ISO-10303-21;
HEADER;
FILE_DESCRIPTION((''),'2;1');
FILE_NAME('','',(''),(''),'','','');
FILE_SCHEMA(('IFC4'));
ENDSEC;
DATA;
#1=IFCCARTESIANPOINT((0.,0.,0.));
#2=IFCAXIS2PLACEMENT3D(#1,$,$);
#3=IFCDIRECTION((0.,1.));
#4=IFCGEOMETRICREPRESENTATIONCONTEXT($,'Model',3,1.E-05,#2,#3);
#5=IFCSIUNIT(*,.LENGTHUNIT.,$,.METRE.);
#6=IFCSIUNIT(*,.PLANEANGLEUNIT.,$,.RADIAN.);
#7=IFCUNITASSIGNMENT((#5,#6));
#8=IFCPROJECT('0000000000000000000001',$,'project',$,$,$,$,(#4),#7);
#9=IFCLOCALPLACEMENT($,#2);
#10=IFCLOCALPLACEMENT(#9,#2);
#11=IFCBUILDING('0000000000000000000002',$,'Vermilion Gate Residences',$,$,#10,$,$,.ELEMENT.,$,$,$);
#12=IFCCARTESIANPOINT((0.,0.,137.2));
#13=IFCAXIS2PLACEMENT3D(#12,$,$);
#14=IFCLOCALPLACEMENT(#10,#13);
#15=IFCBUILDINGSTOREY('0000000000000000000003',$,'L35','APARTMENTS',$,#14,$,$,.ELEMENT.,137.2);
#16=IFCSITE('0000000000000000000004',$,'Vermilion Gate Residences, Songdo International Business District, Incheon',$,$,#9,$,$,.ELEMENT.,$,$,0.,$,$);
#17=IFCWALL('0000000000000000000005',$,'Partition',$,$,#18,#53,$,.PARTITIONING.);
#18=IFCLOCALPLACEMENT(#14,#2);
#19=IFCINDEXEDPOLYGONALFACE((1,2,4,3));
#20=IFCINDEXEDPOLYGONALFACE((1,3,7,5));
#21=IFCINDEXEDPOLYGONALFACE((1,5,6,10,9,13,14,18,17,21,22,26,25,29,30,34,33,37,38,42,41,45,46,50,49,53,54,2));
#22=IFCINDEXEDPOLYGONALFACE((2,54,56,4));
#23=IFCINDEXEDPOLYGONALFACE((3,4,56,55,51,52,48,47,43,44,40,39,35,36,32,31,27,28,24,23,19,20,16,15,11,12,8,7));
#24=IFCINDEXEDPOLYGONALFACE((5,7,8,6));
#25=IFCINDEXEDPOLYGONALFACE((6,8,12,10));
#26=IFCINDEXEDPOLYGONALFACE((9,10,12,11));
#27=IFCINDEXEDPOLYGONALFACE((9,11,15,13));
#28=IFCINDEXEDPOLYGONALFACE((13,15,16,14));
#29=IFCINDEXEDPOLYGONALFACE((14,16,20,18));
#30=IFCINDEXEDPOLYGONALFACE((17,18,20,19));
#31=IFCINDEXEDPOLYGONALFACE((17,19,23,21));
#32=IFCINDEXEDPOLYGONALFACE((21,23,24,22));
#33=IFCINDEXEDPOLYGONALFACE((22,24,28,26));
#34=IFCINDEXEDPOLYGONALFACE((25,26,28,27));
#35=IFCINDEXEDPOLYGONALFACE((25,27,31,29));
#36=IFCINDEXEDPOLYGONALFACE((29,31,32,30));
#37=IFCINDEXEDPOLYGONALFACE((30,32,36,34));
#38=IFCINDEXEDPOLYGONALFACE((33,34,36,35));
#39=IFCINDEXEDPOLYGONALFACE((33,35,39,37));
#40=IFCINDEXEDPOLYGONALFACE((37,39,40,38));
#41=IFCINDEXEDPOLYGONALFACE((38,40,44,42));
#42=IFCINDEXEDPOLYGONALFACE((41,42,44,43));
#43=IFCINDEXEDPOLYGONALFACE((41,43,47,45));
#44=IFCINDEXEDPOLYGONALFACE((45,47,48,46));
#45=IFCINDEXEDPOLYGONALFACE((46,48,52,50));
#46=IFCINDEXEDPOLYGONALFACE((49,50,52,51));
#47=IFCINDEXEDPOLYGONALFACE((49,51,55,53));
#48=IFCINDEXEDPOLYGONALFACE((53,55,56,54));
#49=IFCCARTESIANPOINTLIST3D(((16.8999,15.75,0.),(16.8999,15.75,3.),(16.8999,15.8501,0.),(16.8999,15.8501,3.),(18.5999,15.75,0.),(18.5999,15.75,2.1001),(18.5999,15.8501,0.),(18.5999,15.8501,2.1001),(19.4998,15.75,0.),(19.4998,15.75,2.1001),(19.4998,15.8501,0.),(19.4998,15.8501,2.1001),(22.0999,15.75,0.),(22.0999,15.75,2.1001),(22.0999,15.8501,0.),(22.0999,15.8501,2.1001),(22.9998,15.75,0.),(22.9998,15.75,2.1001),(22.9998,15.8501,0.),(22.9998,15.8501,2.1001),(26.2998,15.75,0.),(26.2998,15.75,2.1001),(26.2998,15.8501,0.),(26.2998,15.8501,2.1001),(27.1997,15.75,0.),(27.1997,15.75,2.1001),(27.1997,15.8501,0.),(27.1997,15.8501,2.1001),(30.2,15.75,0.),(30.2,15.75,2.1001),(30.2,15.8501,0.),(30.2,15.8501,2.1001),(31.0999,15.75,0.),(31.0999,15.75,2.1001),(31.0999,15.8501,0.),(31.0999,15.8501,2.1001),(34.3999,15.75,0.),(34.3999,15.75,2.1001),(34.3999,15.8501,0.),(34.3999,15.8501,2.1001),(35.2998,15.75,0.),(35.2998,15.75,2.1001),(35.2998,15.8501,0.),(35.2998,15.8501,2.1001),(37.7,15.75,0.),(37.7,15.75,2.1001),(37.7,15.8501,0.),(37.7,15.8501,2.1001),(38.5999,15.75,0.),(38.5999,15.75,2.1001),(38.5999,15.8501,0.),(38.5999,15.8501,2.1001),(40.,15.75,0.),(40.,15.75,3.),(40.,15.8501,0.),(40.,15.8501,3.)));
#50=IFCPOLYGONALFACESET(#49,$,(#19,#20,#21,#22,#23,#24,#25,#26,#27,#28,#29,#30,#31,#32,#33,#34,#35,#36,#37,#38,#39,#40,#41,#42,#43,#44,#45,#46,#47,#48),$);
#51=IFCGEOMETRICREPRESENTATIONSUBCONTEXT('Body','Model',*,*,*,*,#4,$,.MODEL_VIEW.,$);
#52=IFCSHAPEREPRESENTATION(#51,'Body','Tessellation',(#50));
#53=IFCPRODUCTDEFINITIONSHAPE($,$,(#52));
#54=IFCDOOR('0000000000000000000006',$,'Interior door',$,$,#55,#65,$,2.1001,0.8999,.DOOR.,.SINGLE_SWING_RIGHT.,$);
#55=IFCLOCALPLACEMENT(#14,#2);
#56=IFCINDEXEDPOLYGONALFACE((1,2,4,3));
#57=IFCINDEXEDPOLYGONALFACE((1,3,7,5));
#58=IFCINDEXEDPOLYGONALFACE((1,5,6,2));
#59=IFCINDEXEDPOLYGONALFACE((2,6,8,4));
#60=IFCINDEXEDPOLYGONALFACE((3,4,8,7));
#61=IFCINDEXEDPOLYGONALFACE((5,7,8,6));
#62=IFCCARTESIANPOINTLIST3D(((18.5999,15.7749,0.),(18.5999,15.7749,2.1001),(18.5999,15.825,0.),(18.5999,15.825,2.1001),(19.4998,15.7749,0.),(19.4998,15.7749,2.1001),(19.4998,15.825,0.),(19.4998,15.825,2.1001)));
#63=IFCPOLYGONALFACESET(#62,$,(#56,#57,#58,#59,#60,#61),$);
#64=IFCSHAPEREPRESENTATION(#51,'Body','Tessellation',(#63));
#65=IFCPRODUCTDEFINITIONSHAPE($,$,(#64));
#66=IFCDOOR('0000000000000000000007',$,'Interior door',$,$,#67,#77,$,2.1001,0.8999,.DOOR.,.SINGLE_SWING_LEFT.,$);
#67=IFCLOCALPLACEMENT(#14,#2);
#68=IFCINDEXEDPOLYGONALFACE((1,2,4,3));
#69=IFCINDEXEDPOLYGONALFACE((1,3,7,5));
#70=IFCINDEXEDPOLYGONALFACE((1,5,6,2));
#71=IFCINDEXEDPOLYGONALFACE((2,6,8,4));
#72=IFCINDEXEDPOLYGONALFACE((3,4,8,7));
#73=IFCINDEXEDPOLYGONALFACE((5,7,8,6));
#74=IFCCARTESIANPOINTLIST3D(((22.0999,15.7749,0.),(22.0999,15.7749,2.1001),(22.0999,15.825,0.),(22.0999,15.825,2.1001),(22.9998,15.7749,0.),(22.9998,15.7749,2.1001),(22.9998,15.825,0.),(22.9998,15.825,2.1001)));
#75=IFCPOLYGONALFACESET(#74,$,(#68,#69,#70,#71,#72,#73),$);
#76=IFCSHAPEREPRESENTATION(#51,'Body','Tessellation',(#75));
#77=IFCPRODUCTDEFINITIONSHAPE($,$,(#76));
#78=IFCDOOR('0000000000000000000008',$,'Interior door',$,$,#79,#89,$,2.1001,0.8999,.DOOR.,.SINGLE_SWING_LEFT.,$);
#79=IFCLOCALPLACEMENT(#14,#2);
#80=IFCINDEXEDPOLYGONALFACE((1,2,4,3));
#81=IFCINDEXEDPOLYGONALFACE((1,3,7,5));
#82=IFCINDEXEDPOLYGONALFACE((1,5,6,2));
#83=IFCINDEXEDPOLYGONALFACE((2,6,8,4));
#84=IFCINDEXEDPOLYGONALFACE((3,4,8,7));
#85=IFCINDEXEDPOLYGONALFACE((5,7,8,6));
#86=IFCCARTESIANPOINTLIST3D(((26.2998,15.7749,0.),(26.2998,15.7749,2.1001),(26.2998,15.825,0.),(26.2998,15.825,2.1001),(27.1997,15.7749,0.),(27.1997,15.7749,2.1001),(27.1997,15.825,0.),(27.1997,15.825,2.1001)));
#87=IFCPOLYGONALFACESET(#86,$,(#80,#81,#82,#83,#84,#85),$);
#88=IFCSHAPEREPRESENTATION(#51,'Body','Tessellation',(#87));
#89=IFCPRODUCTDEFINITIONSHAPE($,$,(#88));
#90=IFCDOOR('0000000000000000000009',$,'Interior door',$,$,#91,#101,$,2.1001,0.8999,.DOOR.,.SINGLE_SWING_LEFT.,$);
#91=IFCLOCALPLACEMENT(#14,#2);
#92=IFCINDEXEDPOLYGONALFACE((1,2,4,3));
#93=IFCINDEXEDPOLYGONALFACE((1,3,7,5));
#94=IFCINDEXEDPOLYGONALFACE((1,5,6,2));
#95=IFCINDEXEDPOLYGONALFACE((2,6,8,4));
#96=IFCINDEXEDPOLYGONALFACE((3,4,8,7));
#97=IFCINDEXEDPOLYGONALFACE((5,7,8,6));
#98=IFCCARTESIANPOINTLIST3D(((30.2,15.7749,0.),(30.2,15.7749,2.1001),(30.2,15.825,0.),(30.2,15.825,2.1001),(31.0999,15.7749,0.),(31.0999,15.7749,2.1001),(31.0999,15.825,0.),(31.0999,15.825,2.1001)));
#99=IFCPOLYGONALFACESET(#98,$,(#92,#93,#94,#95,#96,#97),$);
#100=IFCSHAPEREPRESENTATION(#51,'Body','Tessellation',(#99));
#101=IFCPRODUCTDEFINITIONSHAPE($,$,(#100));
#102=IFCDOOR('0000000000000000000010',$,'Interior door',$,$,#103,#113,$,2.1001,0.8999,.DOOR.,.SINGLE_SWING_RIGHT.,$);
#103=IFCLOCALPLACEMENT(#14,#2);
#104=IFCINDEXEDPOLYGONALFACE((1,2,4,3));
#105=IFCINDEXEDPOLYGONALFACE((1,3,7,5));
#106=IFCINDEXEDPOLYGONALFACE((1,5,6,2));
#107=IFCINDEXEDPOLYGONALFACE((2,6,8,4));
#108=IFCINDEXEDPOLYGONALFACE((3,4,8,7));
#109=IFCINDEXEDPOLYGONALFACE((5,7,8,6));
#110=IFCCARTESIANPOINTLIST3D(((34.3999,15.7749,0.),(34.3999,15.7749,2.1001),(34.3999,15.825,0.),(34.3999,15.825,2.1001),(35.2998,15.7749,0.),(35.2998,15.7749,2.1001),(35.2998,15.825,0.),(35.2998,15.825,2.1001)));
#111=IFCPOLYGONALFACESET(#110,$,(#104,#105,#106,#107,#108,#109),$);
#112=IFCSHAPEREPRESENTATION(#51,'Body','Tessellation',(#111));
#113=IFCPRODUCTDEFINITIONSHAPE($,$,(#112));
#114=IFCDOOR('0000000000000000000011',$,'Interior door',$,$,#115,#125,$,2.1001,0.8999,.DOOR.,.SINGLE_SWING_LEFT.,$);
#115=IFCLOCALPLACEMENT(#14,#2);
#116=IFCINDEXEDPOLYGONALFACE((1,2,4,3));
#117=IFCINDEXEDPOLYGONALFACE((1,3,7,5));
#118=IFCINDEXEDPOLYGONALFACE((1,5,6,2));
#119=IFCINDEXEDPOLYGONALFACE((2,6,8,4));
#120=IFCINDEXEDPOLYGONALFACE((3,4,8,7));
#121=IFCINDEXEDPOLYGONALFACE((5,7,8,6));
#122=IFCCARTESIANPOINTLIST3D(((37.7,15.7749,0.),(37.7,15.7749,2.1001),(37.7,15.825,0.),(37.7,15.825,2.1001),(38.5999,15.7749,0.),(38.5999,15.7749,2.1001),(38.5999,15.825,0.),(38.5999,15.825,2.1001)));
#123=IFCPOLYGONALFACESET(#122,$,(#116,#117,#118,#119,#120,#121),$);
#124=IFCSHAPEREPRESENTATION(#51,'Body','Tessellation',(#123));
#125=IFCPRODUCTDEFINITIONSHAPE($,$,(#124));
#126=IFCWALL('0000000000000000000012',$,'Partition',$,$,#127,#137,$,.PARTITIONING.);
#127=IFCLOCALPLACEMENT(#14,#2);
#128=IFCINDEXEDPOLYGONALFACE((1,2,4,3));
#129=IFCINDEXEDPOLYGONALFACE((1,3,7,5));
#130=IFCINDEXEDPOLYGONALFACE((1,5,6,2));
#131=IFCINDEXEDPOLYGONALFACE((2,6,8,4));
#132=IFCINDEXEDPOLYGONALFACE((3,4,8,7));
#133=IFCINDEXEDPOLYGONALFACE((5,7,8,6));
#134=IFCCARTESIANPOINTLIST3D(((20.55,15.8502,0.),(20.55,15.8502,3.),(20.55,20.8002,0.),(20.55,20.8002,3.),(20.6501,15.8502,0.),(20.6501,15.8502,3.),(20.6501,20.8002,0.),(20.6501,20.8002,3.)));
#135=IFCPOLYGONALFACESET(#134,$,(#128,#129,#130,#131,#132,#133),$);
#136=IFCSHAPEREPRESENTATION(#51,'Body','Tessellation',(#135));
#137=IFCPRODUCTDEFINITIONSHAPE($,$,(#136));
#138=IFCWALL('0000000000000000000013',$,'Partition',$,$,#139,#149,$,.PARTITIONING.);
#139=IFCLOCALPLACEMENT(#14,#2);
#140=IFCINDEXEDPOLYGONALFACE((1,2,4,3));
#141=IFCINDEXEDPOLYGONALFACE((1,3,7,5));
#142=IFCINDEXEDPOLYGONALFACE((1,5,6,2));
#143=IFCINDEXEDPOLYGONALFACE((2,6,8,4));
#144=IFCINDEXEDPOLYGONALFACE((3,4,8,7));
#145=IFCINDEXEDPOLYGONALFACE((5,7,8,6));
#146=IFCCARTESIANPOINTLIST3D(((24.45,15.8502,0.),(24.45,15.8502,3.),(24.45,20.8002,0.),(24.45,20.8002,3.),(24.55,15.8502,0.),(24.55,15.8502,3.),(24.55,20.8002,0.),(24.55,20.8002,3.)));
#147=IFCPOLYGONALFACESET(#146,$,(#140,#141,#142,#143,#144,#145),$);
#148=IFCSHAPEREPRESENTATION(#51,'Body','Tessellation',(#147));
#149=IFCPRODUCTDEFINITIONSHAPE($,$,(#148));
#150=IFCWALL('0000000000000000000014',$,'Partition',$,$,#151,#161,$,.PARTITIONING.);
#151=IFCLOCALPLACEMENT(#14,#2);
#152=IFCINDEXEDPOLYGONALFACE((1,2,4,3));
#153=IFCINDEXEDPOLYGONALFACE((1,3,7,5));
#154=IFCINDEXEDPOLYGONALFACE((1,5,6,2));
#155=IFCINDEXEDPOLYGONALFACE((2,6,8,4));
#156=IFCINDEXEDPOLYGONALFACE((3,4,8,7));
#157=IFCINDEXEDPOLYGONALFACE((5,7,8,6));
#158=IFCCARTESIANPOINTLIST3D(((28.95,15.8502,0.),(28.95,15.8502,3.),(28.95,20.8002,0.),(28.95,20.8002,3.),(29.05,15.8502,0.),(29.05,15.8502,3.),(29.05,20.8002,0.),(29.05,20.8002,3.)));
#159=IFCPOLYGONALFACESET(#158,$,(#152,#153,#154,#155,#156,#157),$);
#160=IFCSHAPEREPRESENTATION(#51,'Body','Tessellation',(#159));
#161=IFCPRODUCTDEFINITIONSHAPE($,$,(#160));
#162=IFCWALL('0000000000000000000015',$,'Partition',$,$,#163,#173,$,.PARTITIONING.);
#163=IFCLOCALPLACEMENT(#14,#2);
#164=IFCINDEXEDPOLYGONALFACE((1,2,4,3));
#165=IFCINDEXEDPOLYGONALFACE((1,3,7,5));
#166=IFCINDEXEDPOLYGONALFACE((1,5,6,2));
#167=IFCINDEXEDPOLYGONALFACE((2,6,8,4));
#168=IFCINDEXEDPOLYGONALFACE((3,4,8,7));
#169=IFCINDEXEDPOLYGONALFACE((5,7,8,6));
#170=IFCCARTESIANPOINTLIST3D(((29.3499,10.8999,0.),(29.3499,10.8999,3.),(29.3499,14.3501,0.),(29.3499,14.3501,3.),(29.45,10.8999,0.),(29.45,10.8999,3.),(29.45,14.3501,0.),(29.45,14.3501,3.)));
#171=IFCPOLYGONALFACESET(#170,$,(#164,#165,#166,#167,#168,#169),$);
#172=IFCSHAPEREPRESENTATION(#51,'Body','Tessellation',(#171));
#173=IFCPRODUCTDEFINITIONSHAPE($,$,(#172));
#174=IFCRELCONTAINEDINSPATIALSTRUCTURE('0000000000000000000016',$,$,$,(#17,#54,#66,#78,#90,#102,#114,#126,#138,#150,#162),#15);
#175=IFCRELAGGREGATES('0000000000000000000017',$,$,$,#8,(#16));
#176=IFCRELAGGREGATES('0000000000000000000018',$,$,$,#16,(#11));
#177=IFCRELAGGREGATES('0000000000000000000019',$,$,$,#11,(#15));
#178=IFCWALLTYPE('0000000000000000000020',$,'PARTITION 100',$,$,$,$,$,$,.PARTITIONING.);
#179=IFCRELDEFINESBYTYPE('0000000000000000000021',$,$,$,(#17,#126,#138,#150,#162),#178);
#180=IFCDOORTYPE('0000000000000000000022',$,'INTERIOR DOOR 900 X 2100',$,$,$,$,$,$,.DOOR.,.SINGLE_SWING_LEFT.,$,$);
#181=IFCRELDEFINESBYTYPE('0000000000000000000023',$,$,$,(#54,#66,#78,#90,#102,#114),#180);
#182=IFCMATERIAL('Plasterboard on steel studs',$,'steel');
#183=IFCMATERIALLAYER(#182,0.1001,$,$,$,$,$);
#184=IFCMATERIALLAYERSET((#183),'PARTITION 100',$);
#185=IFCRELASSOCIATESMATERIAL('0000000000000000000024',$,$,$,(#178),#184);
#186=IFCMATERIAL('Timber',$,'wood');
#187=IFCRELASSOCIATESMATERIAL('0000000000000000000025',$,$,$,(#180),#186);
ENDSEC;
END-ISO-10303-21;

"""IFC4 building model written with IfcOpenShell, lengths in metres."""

from ifc_helpers import new_model, si_unit, direction, frame, frame_2d, origin, place, context, subcontext, project, spatial, rectangle, extrude, material, layer, layer_set, type_object, element, fill, save


model = new_model("IFC4")

# Units and contexts
model_context = context("Model", 3, precision=1e-05, world=origin(), true_north=direction((0.0, 1.0)))
body_context = subcontext(model_context, "Body", "Model", "MODEL_VIEW")
ifc_project = project(units=[si_unit("LENGTHUNIT", "METRE"), si_unit("PLANEANGLEUNIT", "RADIAN")], contexts=[model_context])

# Site, building, storey
site_placement = place(None, origin())
site = spatial("IfcSite", under=ifc_project, at=site_placement, Name="Vermilion Gate Residences, Songdo International Business District, Incheon", CompositionType="ELEMENT", RefElevation=0.0)
building_placement = place(site_placement, origin())
building = spatial("IfcBuilding", under=site, at=building_placement, Name="Vermilion Gate Residences", CompositionType="ELEMENT")
storey_placement = place(building_placement, frame((0.0, 0.0, 137.2)))
storey = spatial("IfcBuildingStorey", under=building, at=storey_placement, Name="L35", Description="APARTMENTS", CompositionType="ELEMENT", Elevation=137.2)

# Wall, openings, doors
ifc_material_1 = material(Name="Plasterboard on steel studs", Category="steel")
ifc_layer_1 = layer(ifc_material_1, 0.1001)
ifc_layer_set_1 = layer_set([ifc_layer_1], Name="PARTITION 100")
wall_type_1 = type_object("IfcWallType", Name="PARTITION 100", PredefinedType="PARTITIONING", material=ifc_layer_set_1)
ifc_material_2 = material(Name="Timber", Category="wood")
door_type = type_object("IfcDoorType", Name="INTERIOR DOOR 900 X 2100", OperationType="SINGLE_SWING_LEFT", PredefinedType="DOOR", material=ifc_material_2)
wall_1_placement = place(storey_placement, frame((16.8999, 15.8, 0.0), z_axis=(0.0, 0.0, 1.0), x_axis=(1.0, 0.0, 0.0)))
wall_1 = element("IfcWall", 1, at=wall_1_placement, inside=storey, type_object=wall_type_1, Name="Partition", PredefinedType="PARTITIONING", context=body_context, shape_type="SweptSolid", body=[
    extrude(rectangle(XDim=23.1001, YDim=0.1001, at=frame_2d((11.55, 0.0))), origin(), (0.0, 0.0, 1.0), 3.0),
])
opening_1_placement = place(wall_1_placement, frame((1.7, 0.0, 0.0)))
opening_1 = element("IfcOpeningElement", 2, at=opening_1_placement, cuts=wall_1, PredefinedType="OPENING", context=body_context, shape_type="SweptSolid", body=[
    extrude(rectangle(XDim=0.8999, YDim=2.1001, at=frame_2d((0.45, 1.05))), frame((0.0, 0.0601, 0.0), z_axis=(0.0, -1.0, 0.0), x_axis=(1.0, 0.0, 0.0)), (0.0, 0.0, 1.0), 0.1201),
])
opening_2_placement = place(wall_1_placement, frame((5.2, 0.0, 0.0)))
opening_2 = element("IfcOpeningElement", 3, at=opening_2_placement, cuts=wall_1, PredefinedType="OPENING", context=body_context, shape_type="SweptSolid", body=[
    extrude(rectangle(XDim=0.8999, YDim=2.1001, at=frame_2d((0.45, 1.05))), frame((0.0, 0.0601, 0.0), z_axis=(0.0, -1.0, 0.0), x_axis=(1.0, 0.0, 0.0)), (0.0, 0.0, 1.0), 0.1201),
])
opening_3_placement = place(wall_1_placement, frame((9.3999, 0.0, 0.0)))
opening_3 = element("IfcOpeningElement", 4, at=opening_3_placement, cuts=wall_1, PredefinedType="OPENING", context=body_context, shape_type="SweptSolid", body=[
    extrude(rectangle(XDim=0.8999, YDim=2.1001, at=frame_2d((0.45, 1.05))), frame((0.0, 0.0601, 0.0), z_axis=(0.0, -1.0, 0.0), x_axis=(1.0, 0.0, 0.0)), (0.0, 0.0, 1.0), 0.1201),
])
opening_4_placement = place(wall_1_placement, frame((13.3, 0.0, 0.0)))
opening_4 = element("IfcOpeningElement", 5, at=opening_4_placement, cuts=wall_1, PredefinedType="OPENING", context=body_context, shape_type="SweptSolid", body=[
    extrude(rectangle(XDim=0.8999, YDim=2.1001, at=frame_2d((0.45, 1.05))), frame((0.0, 0.0601, 0.0), z_axis=(0.0, -1.0, 0.0), x_axis=(1.0, 0.0, 0.0)), (0.0, 0.0, 1.0), 0.1201),
])
opening_5_placement = place(wall_1_placement, frame((17.5, 0.0, 0.0)))
opening_5 = element("IfcOpeningElement", 6, at=opening_5_placement, cuts=wall_1, PredefinedType="OPENING", context=body_context, shape_type="SweptSolid", body=[
    extrude(rectangle(XDim=0.8999, YDim=2.1001, at=frame_2d((0.45, 1.05))), frame((0.0, 0.0601, 0.0), z_axis=(0.0, -1.0, 0.0), x_axis=(1.0, 0.0, 0.0)), (0.0, 0.0, 1.0), 0.1201),
])
opening_6_placement = place(wall_1_placement, frame((20.8, 0.0, 0.0)))
opening_6 = element("IfcOpeningElement", 7, at=opening_6_placement, cuts=wall_1, PredefinedType="OPENING", context=body_context, shape_type="SweptSolid", body=[
    extrude(rectangle(XDim=0.8999, YDim=2.1001, at=frame_2d((0.45, 1.05))), frame((0.0, 0.0601, 0.0), z_axis=(0.0, -1.0, 0.0), x_axis=(1.0, 0.0, 0.0)), (0.0, 0.0, 1.0), 0.1201),
])
door_1_placement = place(opening_1_placement, origin())
door_1 = element("IfcDoor", 8, at=door_1_placement, inside=storey, type_object=door_type, Name="Interior door", OperationType="SINGLE_SWING_RIGHT", OverallHeight=2.1001, OverallWidth=0.8999, PredefinedType="DOOR", context=body_context, shape_type="SweptSolid", body=[
    extrude(rectangle(XDim=0.8999, YDim=2.1001, at=frame_2d((0.45, 1.05))), frame((0.0, 0.0249, 0.0), z_axis=(0.0, -1.0, 0.0), x_axis=(1.0, 0.0, 0.0)), (0.0, 0.0, 1.0), 0.05),
])
fill(opening_1, door_1)
door_2_placement = place(opening_2_placement, origin())
door_2 = element("IfcDoor", 9, at=door_2_placement, inside=storey, type_object=door_type, Name="Interior door", OperationType="SINGLE_SWING_LEFT", OverallHeight=2.1001, OverallWidth=0.8999, PredefinedType="DOOR", context=body_context, shape_type="SweptSolid", body=[
    extrude(rectangle(XDim=0.8999, YDim=2.1001, at=frame_2d((0.45, 1.05))), frame((0.0, 0.0249, 0.0), z_axis=(0.0, -1.0, 0.0), x_axis=(1.0, 0.0, 0.0)), (0.0, 0.0, 1.0), 0.05),
])
fill(opening_2, door_2)
door_3_placement = place(opening_3_placement, origin())
door_3 = element("IfcDoor", 10, at=door_3_placement, inside=storey, type_object=door_type, Name="Interior door", OperationType="SINGLE_SWING_LEFT", OverallHeight=2.1001, OverallWidth=0.8999, PredefinedType="DOOR", context=body_context, shape_type="SweptSolid", body=[
    extrude(rectangle(XDim=0.8999, YDim=2.1001, at=frame_2d((0.45, 1.05))), frame((0.0, 0.0249, 0.0), z_axis=(0.0, -1.0, 0.0), x_axis=(1.0, 0.0, 0.0)), (0.0, 0.0, 1.0), 0.05),
])
fill(opening_3, door_3)
door_4_placement = place(opening_4_placement, origin())
door_4 = element("IfcDoor", 11, at=door_4_placement, inside=storey, type_object=door_type, Name="Interior door", OperationType="SINGLE_SWING_LEFT", OverallHeight=2.1001, OverallWidth=0.8999, PredefinedType="DOOR", context=body_context, shape_type="SweptSolid", body=[
    extrude(rectangle(XDim=0.8999, YDim=2.1001, at=frame_2d((0.45, 1.05))), frame((0.0, 0.0249, 0.0), z_axis=(0.0, -1.0, 0.0), x_axis=(1.0, 0.0, 0.0)), (0.0, 0.0, 1.0), 0.05),
])
fill(opening_4, door_4)
door_5_placement = place(opening_5_placement, origin())
door_5 = element("IfcDoor", 12, at=door_5_placement, inside=storey, type_object=door_type, Name="Interior door", OperationType="SINGLE_SWING_RIGHT", OverallHeight=2.1001, OverallWidth=0.8999, PredefinedType="DOOR", context=body_context, shape_type="SweptSolid", body=[
    extrude(rectangle(XDim=0.8999, YDim=2.1001, at=frame_2d((0.45, 1.05))), frame((0.0, 0.0249, 0.0), z_axis=(0.0, -1.0, 0.0), x_axis=(1.0, 0.0, 0.0)), (0.0, 0.0, 1.0), 0.05),
])
fill(opening_5, door_5)
door_6_placement = place(opening_6_placement, origin())
door_6 = element("IfcDoor", 13, at=door_6_placement, inside=storey, type_object=door_type, Name="Interior door", OperationType="SINGLE_SWING_LEFT", OverallHeight=2.1001, OverallWidth=0.8999, PredefinedType="DOOR", context=body_context, shape_type="SweptSolid", body=[
    extrude(rectangle(XDim=0.8999, YDim=2.1001, at=frame_2d((0.45, 1.05))), frame((0.0, 0.0249, 0.0), z_axis=(0.0, -1.0, 0.0), x_axis=(1.0, 0.0, 0.0)), (0.0, 0.0, 1.0), 0.05),
])
fill(opening_6, door_6)

# Walls
for number, where, z_axis, x_axis, name in (
    (14, (20.6001, 15.8501, 0.0), (0.0, 0.0, 1.0), (0.0, 1.0, 0.0), "Partition"),
    (15, (24.5, 15.8501, 0.0), (0.0, 0.0, 1.0), (0.0, 1.0, 0.0), "Partition"),
    (16, (29.0, 15.8501, 0.0), (0.0, 0.0, 1.0), (0.0, 1.0, 0.0), "Partition"),
):
    element("IfcWall", number, at=place(storey_placement, frame(where, z_axis=z_axis, x_axis=x_axis)), inside=storey, type_object=wall_type_1, Name=name, PredefinedType="PARTITIONING", context=body_context, shape_type="SweptSolid", body=[
        extrude(rectangle(XDim=4.95, YDim=0.1001, at=frame_2d((2.4751, 0.0))), origin(), (0.0, 0.0, 1.0), 3.0),
    ])
wall_2_placement = place(storey_placement, frame((29.3999, 10.8999, 0.0), z_axis=(0.0, 0.0, 1.0), x_axis=(0.0, 1.0, 0.0)))
element("IfcWall", 17, at=wall_2_placement, inside=storey, type_object=wall_type_1, Name="Partition", PredefinedType="PARTITIONING", context=body_context, shape_type="SweptSolid", body=[
    extrude(rectangle(XDim=3.4502, YDim=0.1001, at=frame_2d((1.7251, 0.0))), origin(), (0.0, 0.0, 1.0), 3.0),
])

save(model, "model.ifc")
